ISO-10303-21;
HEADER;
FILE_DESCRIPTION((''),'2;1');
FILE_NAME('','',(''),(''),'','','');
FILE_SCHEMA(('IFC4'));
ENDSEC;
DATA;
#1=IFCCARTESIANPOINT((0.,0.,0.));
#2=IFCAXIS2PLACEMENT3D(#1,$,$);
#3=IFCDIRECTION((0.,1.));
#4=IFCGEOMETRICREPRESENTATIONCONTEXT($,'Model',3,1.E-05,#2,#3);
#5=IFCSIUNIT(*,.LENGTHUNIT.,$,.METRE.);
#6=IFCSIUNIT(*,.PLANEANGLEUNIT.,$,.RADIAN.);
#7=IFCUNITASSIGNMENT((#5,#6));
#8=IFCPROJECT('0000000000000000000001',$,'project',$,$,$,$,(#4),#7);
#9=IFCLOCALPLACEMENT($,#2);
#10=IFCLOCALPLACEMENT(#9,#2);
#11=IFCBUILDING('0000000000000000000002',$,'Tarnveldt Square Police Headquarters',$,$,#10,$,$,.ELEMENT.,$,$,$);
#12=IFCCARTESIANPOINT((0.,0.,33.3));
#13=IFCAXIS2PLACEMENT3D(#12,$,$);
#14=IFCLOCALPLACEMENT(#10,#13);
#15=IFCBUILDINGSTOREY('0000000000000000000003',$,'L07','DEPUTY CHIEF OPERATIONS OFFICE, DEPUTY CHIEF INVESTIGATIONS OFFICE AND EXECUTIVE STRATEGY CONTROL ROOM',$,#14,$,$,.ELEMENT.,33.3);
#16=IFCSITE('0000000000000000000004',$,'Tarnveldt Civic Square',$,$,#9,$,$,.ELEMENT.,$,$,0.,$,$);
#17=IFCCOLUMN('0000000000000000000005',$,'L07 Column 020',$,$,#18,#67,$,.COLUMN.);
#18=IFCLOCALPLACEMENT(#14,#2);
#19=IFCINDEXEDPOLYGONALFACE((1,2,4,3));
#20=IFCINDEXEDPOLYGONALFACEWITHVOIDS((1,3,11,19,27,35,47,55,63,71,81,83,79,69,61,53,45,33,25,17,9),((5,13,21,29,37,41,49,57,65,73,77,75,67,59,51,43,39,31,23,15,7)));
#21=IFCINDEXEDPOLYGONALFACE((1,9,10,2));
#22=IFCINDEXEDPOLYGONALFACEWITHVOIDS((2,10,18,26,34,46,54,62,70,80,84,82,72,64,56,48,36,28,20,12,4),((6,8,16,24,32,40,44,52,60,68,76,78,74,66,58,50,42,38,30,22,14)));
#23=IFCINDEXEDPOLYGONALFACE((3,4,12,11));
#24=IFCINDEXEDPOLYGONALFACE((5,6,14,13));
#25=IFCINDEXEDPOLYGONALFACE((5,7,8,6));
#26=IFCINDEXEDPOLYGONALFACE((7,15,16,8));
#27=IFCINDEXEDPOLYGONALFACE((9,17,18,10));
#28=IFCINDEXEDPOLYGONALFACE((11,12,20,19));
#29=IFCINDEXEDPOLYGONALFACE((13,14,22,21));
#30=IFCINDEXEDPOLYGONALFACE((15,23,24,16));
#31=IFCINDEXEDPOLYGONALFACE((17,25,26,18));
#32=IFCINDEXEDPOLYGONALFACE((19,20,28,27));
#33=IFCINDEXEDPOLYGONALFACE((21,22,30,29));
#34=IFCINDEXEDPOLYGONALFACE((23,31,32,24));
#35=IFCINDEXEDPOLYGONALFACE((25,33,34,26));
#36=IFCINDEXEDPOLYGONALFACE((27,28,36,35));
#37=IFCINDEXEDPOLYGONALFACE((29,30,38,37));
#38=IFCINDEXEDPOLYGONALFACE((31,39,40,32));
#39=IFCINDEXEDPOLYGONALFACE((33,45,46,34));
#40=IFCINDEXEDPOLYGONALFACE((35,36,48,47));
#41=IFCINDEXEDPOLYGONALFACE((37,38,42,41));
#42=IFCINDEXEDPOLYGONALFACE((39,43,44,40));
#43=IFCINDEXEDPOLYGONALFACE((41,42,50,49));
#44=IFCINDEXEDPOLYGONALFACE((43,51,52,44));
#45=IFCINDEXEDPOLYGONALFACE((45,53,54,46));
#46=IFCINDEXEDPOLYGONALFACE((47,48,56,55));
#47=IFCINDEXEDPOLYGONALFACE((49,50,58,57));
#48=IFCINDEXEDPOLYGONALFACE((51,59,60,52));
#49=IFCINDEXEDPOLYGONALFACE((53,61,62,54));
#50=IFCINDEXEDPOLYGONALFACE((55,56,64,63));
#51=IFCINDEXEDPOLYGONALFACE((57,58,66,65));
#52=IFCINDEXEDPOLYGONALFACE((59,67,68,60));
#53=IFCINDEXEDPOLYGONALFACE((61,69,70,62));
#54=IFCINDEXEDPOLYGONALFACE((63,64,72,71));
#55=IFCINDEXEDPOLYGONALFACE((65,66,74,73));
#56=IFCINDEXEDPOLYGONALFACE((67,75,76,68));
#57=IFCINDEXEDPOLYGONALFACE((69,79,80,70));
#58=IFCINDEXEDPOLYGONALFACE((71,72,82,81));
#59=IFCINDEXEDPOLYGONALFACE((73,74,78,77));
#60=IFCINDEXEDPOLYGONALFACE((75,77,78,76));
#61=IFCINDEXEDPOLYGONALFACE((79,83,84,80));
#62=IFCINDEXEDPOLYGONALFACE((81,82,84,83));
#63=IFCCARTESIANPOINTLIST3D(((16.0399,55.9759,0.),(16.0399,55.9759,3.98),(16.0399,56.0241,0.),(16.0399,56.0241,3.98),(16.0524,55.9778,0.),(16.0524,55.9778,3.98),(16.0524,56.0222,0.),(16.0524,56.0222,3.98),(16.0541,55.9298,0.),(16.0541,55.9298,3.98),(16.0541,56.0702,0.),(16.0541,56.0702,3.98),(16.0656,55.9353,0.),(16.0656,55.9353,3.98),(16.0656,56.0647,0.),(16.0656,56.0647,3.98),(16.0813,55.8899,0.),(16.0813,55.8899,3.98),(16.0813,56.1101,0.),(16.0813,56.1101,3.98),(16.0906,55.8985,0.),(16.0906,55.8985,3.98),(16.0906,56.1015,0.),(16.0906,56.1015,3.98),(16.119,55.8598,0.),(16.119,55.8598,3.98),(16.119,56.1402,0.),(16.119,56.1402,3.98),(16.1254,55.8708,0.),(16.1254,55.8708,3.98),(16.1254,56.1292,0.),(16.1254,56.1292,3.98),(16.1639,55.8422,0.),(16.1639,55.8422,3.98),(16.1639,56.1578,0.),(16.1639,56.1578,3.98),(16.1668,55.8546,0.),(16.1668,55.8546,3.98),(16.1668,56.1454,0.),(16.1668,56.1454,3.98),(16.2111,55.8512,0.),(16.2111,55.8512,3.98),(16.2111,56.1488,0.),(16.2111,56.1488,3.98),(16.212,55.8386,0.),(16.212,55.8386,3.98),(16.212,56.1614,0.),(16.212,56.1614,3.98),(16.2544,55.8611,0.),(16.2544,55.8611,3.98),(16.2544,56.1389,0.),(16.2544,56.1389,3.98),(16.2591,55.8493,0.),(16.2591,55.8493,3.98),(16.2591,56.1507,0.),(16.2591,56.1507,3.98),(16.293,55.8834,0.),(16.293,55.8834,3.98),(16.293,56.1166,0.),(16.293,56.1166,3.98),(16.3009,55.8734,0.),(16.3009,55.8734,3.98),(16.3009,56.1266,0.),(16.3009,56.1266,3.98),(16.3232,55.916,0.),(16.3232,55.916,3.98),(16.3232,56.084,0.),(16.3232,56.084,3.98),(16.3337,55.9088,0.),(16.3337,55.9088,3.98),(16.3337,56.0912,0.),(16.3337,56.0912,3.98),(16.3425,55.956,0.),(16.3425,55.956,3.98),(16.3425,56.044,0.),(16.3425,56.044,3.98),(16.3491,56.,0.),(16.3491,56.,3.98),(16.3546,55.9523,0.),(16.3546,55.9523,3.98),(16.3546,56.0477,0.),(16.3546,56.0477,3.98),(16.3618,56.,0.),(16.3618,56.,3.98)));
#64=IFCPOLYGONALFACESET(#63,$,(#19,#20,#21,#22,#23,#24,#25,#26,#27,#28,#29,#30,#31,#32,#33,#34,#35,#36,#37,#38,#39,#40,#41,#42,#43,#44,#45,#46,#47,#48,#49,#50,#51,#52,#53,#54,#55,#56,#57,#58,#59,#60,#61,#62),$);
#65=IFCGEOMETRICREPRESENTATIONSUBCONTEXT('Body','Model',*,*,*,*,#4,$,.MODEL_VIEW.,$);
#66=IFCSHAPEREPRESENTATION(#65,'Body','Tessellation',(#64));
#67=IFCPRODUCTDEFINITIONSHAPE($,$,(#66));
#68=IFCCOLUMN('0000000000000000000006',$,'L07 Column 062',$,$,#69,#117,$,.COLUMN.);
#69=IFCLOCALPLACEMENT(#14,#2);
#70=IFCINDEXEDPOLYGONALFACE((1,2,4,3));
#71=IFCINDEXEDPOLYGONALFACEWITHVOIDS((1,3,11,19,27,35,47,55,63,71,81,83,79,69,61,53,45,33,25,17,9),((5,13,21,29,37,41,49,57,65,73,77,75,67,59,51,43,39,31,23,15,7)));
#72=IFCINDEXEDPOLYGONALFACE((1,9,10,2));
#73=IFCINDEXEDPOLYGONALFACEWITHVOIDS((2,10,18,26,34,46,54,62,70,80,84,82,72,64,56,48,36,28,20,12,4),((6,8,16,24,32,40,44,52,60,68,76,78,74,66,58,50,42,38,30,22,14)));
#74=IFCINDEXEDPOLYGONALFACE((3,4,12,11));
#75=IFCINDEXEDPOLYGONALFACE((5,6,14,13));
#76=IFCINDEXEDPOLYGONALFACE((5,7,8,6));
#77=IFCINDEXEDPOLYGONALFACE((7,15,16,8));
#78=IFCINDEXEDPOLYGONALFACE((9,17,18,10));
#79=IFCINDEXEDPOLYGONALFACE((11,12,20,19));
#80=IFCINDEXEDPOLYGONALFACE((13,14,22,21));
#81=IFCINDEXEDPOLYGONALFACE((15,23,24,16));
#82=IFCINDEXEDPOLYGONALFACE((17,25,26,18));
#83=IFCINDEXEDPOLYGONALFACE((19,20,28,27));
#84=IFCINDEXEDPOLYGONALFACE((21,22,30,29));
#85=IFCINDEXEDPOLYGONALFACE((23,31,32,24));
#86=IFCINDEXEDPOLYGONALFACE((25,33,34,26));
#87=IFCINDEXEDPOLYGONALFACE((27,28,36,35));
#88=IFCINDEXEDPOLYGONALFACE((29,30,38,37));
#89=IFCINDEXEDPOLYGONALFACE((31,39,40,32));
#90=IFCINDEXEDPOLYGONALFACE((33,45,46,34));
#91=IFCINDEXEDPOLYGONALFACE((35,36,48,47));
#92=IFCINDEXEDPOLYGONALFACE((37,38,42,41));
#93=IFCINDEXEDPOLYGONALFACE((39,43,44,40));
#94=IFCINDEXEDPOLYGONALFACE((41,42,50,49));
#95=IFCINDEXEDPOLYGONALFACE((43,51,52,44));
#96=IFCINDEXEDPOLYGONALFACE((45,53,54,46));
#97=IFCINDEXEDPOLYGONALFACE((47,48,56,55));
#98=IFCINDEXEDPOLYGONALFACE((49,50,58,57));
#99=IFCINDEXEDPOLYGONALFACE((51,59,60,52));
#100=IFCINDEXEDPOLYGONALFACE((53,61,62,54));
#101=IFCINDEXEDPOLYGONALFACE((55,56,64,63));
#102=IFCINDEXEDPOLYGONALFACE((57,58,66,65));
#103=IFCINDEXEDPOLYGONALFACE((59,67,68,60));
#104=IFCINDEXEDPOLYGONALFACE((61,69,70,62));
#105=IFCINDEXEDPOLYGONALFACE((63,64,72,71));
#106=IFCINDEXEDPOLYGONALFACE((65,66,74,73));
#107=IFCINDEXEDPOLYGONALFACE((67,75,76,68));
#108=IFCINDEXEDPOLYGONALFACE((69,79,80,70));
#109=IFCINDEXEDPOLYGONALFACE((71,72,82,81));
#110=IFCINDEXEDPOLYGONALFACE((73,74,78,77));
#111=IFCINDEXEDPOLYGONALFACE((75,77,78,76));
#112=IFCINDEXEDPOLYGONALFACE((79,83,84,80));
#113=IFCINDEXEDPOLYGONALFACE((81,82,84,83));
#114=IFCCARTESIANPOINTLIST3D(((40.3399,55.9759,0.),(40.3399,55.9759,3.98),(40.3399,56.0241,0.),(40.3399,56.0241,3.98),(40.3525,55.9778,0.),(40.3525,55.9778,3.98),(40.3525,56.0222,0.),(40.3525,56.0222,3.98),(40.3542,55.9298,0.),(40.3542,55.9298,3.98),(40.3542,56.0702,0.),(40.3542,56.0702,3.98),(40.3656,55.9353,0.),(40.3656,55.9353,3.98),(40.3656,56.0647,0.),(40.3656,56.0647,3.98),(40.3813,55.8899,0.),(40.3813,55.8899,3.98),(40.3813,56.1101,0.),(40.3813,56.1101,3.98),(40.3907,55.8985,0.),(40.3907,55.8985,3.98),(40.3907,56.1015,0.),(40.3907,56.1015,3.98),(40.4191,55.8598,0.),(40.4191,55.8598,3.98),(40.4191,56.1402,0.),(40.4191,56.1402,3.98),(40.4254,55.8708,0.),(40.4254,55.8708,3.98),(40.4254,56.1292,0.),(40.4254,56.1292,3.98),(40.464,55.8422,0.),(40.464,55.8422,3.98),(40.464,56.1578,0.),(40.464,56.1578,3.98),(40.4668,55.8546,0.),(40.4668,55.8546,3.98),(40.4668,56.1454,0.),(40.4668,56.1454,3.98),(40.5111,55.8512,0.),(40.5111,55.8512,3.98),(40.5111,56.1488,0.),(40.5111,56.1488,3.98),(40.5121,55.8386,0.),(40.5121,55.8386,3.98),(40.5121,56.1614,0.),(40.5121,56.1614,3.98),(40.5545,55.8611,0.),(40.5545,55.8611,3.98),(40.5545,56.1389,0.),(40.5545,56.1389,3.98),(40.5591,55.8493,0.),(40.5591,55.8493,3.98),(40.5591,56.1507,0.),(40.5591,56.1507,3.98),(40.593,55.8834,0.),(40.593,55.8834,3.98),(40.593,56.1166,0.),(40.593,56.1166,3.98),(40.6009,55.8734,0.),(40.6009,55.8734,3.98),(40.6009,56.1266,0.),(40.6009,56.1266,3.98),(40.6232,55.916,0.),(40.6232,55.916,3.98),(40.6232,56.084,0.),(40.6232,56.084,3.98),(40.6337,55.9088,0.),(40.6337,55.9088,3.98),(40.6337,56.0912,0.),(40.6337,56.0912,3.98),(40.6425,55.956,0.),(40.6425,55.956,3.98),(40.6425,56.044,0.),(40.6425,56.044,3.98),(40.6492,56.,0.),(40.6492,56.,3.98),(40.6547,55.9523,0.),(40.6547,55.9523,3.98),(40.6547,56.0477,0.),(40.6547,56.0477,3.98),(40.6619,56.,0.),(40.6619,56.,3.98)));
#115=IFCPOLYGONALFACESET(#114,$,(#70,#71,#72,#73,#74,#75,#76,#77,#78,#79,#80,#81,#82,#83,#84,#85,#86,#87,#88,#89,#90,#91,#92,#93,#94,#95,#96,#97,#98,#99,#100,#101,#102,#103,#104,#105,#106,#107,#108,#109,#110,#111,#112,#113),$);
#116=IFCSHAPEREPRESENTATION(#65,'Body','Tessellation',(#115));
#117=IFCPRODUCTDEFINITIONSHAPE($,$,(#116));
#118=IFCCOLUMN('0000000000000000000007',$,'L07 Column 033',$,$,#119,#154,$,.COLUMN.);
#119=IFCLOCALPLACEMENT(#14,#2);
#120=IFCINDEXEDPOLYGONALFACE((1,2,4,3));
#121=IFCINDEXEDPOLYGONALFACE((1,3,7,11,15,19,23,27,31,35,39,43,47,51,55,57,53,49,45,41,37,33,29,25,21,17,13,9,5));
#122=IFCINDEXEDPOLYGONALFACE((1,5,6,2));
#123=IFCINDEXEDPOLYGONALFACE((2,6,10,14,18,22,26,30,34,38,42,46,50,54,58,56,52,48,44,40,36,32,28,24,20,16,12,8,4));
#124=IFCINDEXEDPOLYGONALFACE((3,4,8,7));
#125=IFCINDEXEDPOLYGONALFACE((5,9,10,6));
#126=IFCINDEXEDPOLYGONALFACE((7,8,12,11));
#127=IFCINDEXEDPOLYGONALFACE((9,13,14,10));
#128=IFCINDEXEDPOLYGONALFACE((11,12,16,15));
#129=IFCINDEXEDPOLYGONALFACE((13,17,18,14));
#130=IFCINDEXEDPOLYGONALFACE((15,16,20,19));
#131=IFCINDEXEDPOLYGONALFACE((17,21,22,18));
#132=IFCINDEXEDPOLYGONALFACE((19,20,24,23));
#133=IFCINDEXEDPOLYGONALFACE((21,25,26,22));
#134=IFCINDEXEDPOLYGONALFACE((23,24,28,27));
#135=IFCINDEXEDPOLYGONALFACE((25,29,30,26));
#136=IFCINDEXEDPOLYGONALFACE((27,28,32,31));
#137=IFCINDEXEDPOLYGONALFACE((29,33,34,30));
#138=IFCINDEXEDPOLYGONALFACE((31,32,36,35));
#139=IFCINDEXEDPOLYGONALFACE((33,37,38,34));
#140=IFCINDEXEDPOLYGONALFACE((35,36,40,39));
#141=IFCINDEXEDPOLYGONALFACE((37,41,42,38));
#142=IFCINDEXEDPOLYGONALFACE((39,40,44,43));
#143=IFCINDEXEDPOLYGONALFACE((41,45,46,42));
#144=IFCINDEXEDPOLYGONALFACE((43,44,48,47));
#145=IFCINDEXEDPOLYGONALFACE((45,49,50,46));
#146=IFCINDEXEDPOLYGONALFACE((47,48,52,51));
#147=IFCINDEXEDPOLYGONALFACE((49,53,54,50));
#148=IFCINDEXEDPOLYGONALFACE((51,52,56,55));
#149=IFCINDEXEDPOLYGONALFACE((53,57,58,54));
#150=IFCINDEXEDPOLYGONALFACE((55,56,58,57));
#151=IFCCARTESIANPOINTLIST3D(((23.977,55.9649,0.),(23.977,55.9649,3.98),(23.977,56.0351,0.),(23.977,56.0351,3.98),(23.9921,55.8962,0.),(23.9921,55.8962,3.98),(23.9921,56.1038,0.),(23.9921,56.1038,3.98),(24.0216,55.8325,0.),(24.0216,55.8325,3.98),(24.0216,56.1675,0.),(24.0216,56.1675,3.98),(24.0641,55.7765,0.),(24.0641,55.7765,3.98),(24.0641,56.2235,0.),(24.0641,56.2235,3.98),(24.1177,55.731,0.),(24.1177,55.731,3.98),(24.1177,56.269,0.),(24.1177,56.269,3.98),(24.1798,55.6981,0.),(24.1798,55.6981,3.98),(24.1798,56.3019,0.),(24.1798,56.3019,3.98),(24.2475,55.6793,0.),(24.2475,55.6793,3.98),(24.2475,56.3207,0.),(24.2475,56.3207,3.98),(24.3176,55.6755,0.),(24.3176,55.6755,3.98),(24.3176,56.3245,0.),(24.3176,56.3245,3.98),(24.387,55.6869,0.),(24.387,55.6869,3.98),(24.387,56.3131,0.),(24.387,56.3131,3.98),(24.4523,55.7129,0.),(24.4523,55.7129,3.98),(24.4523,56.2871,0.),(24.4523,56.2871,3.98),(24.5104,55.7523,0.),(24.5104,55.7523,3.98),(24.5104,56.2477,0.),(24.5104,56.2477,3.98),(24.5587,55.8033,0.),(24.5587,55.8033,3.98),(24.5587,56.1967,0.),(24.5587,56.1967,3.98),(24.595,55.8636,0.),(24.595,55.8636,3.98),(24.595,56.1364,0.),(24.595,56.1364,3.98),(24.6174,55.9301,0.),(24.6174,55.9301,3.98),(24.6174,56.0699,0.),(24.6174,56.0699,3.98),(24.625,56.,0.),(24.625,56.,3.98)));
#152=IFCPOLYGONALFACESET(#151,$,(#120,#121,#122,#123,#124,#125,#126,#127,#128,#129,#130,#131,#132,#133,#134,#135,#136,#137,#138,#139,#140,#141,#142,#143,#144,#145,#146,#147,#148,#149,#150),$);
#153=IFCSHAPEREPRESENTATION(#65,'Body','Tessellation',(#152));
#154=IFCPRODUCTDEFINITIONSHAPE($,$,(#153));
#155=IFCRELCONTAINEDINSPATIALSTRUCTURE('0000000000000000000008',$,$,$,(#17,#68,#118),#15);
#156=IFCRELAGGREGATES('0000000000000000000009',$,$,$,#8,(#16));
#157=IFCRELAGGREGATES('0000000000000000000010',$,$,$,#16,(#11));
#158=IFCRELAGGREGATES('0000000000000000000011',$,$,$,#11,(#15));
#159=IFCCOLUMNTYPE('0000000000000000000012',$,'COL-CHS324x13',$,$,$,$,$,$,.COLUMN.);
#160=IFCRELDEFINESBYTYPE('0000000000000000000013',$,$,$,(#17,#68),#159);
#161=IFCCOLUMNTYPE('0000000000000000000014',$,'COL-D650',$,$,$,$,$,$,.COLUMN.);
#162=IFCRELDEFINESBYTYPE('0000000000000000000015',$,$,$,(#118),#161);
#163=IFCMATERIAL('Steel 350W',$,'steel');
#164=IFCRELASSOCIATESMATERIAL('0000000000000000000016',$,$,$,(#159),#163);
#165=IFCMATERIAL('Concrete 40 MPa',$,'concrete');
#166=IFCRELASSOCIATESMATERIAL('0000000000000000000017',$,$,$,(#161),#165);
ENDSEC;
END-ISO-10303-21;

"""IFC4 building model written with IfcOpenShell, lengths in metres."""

from ifc_helpers import new_model, si_unit, direction, frame, origin, origin_2d, place, context, subcontext, project, spatial, circle, hollow_circle, extrude, material, material_profile, profile_set, type_object, element, save


model = new_model("IFC4")

# Units and contexts
model_context = context("Model", 3, precision=1e-05, world=origin(), true_north=direction((0.0, 1.0)))
body_context = subcontext(model_context, "Body", "Model", "MODEL_VIEW")
ifc_project = project(units=[si_unit("LENGTHUNIT", "METRE"), si_unit("PLANEANGLEUNIT", "RADIAN")], contexts=[model_context])

# Site, building, storey
site_placement = place(None, origin())
site = spatial("IfcSite", under=ifc_project, at=site_placement, Name="Tarnveldt Civic Square", CompositionType="ELEMENT", RefElevation=0.0)
building_placement = place(site_placement, origin())
building = spatial("IfcBuilding", under=site, at=building_placement, Name="Tarnveldt Square Police Headquarters", CompositionType="ELEMENT")
storey_placement = place(building_placement, frame((0.0, 0.0, 33.3)))
storey = spatial("IfcBuildingStorey", under=building, at=storey_placement, Name="L07", Description="DEPUTY CHIEF OPERATIONS OFFICE, DEPUTY CHIEF INVESTIGATIONS OFFICE AND EXECUTIVE STRATEGY CONTROL ROOM", CompositionType="ELEMENT", Elevation=33.3)

# Columns
ifc_material_1 = material(Name="Steel 350W", Category="steel")
ifc_material_profile_1 = material_profile(ifc_material_1, hollow_circle(Radius=0.1619, WallThickness=0.0127, at=origin_2d()), Name="HSS324x13")
ifc_profile_set_1 = profile_set([ifc_material_profile_1], Name="Steel 350W")
column_type_1 = type_object("IfcColumnType", Name="COL-CHS324x13", PredefinedType="COLUMN", material=ifc_profile_set_1)
for number, where, z_axis, x_axis, name in (
    (1, (16.2, 56.0, 0.0), (0.0, 0.0, 1.0), (1.0, 0.0, 0.0), "L07 Column 020"),
    (2, (40.5, 56.0, 0.0), (0.0, 0.0, 1.0), (1.0, 0.0, 0.0), "L07 Column 062"),
):
    element("IfcColumn", number, at=place(storey_placement, frame(where, z_axis=z_axis, x_axis=x_axis)), inside=storey, type_object=column_type_1, Name=name, PredefinedType="COLUMN", context=body_context, shape_type="SweptSolid", body=[
        extrude(hollow_circle(Radius=0.1619, WallThickness=0.0127, at=origin_2d()), origin(), (0.0, 0.0, 1.0), 3.98),
    ])
ifc_material_2 = material(Name="Concrete 40 MPa", Category="concrete")
ifc_material_profile_2 = material_profile(ifc_material_2, circle(Radius=0.325, at=origin_2d()), Name="RC-D650")
ifc_profile_set_2 = profile_set([ifc_material_profile_2], Name="Concrete 40 MPa")
column_type_2 = type_object("IfcColumnType", Name="COL-D650", PredefinedType="COLUMN", material=ifc_profile_set_2)
column_1_placement = place(storey_placement, frame((24.3, 56.0, 0.0), z_axis=(0.0, 0.0, 1.0), x_axis=(1.0, 0.0, 0.0)))
element("IfcColumn", 3, at=column_1_placement, inside=storey, type_object=column_type_2, Name="L07 Column 033", PredefinedType="COLUMN", context=body_context, shape_type="SweptSolid", body=[
    extrude(circle(Radius=0.325, at=origin_2d()), origin(), (0.0, 0.0, 1.0), 3.98),
])

save(model, "model.ifc")
